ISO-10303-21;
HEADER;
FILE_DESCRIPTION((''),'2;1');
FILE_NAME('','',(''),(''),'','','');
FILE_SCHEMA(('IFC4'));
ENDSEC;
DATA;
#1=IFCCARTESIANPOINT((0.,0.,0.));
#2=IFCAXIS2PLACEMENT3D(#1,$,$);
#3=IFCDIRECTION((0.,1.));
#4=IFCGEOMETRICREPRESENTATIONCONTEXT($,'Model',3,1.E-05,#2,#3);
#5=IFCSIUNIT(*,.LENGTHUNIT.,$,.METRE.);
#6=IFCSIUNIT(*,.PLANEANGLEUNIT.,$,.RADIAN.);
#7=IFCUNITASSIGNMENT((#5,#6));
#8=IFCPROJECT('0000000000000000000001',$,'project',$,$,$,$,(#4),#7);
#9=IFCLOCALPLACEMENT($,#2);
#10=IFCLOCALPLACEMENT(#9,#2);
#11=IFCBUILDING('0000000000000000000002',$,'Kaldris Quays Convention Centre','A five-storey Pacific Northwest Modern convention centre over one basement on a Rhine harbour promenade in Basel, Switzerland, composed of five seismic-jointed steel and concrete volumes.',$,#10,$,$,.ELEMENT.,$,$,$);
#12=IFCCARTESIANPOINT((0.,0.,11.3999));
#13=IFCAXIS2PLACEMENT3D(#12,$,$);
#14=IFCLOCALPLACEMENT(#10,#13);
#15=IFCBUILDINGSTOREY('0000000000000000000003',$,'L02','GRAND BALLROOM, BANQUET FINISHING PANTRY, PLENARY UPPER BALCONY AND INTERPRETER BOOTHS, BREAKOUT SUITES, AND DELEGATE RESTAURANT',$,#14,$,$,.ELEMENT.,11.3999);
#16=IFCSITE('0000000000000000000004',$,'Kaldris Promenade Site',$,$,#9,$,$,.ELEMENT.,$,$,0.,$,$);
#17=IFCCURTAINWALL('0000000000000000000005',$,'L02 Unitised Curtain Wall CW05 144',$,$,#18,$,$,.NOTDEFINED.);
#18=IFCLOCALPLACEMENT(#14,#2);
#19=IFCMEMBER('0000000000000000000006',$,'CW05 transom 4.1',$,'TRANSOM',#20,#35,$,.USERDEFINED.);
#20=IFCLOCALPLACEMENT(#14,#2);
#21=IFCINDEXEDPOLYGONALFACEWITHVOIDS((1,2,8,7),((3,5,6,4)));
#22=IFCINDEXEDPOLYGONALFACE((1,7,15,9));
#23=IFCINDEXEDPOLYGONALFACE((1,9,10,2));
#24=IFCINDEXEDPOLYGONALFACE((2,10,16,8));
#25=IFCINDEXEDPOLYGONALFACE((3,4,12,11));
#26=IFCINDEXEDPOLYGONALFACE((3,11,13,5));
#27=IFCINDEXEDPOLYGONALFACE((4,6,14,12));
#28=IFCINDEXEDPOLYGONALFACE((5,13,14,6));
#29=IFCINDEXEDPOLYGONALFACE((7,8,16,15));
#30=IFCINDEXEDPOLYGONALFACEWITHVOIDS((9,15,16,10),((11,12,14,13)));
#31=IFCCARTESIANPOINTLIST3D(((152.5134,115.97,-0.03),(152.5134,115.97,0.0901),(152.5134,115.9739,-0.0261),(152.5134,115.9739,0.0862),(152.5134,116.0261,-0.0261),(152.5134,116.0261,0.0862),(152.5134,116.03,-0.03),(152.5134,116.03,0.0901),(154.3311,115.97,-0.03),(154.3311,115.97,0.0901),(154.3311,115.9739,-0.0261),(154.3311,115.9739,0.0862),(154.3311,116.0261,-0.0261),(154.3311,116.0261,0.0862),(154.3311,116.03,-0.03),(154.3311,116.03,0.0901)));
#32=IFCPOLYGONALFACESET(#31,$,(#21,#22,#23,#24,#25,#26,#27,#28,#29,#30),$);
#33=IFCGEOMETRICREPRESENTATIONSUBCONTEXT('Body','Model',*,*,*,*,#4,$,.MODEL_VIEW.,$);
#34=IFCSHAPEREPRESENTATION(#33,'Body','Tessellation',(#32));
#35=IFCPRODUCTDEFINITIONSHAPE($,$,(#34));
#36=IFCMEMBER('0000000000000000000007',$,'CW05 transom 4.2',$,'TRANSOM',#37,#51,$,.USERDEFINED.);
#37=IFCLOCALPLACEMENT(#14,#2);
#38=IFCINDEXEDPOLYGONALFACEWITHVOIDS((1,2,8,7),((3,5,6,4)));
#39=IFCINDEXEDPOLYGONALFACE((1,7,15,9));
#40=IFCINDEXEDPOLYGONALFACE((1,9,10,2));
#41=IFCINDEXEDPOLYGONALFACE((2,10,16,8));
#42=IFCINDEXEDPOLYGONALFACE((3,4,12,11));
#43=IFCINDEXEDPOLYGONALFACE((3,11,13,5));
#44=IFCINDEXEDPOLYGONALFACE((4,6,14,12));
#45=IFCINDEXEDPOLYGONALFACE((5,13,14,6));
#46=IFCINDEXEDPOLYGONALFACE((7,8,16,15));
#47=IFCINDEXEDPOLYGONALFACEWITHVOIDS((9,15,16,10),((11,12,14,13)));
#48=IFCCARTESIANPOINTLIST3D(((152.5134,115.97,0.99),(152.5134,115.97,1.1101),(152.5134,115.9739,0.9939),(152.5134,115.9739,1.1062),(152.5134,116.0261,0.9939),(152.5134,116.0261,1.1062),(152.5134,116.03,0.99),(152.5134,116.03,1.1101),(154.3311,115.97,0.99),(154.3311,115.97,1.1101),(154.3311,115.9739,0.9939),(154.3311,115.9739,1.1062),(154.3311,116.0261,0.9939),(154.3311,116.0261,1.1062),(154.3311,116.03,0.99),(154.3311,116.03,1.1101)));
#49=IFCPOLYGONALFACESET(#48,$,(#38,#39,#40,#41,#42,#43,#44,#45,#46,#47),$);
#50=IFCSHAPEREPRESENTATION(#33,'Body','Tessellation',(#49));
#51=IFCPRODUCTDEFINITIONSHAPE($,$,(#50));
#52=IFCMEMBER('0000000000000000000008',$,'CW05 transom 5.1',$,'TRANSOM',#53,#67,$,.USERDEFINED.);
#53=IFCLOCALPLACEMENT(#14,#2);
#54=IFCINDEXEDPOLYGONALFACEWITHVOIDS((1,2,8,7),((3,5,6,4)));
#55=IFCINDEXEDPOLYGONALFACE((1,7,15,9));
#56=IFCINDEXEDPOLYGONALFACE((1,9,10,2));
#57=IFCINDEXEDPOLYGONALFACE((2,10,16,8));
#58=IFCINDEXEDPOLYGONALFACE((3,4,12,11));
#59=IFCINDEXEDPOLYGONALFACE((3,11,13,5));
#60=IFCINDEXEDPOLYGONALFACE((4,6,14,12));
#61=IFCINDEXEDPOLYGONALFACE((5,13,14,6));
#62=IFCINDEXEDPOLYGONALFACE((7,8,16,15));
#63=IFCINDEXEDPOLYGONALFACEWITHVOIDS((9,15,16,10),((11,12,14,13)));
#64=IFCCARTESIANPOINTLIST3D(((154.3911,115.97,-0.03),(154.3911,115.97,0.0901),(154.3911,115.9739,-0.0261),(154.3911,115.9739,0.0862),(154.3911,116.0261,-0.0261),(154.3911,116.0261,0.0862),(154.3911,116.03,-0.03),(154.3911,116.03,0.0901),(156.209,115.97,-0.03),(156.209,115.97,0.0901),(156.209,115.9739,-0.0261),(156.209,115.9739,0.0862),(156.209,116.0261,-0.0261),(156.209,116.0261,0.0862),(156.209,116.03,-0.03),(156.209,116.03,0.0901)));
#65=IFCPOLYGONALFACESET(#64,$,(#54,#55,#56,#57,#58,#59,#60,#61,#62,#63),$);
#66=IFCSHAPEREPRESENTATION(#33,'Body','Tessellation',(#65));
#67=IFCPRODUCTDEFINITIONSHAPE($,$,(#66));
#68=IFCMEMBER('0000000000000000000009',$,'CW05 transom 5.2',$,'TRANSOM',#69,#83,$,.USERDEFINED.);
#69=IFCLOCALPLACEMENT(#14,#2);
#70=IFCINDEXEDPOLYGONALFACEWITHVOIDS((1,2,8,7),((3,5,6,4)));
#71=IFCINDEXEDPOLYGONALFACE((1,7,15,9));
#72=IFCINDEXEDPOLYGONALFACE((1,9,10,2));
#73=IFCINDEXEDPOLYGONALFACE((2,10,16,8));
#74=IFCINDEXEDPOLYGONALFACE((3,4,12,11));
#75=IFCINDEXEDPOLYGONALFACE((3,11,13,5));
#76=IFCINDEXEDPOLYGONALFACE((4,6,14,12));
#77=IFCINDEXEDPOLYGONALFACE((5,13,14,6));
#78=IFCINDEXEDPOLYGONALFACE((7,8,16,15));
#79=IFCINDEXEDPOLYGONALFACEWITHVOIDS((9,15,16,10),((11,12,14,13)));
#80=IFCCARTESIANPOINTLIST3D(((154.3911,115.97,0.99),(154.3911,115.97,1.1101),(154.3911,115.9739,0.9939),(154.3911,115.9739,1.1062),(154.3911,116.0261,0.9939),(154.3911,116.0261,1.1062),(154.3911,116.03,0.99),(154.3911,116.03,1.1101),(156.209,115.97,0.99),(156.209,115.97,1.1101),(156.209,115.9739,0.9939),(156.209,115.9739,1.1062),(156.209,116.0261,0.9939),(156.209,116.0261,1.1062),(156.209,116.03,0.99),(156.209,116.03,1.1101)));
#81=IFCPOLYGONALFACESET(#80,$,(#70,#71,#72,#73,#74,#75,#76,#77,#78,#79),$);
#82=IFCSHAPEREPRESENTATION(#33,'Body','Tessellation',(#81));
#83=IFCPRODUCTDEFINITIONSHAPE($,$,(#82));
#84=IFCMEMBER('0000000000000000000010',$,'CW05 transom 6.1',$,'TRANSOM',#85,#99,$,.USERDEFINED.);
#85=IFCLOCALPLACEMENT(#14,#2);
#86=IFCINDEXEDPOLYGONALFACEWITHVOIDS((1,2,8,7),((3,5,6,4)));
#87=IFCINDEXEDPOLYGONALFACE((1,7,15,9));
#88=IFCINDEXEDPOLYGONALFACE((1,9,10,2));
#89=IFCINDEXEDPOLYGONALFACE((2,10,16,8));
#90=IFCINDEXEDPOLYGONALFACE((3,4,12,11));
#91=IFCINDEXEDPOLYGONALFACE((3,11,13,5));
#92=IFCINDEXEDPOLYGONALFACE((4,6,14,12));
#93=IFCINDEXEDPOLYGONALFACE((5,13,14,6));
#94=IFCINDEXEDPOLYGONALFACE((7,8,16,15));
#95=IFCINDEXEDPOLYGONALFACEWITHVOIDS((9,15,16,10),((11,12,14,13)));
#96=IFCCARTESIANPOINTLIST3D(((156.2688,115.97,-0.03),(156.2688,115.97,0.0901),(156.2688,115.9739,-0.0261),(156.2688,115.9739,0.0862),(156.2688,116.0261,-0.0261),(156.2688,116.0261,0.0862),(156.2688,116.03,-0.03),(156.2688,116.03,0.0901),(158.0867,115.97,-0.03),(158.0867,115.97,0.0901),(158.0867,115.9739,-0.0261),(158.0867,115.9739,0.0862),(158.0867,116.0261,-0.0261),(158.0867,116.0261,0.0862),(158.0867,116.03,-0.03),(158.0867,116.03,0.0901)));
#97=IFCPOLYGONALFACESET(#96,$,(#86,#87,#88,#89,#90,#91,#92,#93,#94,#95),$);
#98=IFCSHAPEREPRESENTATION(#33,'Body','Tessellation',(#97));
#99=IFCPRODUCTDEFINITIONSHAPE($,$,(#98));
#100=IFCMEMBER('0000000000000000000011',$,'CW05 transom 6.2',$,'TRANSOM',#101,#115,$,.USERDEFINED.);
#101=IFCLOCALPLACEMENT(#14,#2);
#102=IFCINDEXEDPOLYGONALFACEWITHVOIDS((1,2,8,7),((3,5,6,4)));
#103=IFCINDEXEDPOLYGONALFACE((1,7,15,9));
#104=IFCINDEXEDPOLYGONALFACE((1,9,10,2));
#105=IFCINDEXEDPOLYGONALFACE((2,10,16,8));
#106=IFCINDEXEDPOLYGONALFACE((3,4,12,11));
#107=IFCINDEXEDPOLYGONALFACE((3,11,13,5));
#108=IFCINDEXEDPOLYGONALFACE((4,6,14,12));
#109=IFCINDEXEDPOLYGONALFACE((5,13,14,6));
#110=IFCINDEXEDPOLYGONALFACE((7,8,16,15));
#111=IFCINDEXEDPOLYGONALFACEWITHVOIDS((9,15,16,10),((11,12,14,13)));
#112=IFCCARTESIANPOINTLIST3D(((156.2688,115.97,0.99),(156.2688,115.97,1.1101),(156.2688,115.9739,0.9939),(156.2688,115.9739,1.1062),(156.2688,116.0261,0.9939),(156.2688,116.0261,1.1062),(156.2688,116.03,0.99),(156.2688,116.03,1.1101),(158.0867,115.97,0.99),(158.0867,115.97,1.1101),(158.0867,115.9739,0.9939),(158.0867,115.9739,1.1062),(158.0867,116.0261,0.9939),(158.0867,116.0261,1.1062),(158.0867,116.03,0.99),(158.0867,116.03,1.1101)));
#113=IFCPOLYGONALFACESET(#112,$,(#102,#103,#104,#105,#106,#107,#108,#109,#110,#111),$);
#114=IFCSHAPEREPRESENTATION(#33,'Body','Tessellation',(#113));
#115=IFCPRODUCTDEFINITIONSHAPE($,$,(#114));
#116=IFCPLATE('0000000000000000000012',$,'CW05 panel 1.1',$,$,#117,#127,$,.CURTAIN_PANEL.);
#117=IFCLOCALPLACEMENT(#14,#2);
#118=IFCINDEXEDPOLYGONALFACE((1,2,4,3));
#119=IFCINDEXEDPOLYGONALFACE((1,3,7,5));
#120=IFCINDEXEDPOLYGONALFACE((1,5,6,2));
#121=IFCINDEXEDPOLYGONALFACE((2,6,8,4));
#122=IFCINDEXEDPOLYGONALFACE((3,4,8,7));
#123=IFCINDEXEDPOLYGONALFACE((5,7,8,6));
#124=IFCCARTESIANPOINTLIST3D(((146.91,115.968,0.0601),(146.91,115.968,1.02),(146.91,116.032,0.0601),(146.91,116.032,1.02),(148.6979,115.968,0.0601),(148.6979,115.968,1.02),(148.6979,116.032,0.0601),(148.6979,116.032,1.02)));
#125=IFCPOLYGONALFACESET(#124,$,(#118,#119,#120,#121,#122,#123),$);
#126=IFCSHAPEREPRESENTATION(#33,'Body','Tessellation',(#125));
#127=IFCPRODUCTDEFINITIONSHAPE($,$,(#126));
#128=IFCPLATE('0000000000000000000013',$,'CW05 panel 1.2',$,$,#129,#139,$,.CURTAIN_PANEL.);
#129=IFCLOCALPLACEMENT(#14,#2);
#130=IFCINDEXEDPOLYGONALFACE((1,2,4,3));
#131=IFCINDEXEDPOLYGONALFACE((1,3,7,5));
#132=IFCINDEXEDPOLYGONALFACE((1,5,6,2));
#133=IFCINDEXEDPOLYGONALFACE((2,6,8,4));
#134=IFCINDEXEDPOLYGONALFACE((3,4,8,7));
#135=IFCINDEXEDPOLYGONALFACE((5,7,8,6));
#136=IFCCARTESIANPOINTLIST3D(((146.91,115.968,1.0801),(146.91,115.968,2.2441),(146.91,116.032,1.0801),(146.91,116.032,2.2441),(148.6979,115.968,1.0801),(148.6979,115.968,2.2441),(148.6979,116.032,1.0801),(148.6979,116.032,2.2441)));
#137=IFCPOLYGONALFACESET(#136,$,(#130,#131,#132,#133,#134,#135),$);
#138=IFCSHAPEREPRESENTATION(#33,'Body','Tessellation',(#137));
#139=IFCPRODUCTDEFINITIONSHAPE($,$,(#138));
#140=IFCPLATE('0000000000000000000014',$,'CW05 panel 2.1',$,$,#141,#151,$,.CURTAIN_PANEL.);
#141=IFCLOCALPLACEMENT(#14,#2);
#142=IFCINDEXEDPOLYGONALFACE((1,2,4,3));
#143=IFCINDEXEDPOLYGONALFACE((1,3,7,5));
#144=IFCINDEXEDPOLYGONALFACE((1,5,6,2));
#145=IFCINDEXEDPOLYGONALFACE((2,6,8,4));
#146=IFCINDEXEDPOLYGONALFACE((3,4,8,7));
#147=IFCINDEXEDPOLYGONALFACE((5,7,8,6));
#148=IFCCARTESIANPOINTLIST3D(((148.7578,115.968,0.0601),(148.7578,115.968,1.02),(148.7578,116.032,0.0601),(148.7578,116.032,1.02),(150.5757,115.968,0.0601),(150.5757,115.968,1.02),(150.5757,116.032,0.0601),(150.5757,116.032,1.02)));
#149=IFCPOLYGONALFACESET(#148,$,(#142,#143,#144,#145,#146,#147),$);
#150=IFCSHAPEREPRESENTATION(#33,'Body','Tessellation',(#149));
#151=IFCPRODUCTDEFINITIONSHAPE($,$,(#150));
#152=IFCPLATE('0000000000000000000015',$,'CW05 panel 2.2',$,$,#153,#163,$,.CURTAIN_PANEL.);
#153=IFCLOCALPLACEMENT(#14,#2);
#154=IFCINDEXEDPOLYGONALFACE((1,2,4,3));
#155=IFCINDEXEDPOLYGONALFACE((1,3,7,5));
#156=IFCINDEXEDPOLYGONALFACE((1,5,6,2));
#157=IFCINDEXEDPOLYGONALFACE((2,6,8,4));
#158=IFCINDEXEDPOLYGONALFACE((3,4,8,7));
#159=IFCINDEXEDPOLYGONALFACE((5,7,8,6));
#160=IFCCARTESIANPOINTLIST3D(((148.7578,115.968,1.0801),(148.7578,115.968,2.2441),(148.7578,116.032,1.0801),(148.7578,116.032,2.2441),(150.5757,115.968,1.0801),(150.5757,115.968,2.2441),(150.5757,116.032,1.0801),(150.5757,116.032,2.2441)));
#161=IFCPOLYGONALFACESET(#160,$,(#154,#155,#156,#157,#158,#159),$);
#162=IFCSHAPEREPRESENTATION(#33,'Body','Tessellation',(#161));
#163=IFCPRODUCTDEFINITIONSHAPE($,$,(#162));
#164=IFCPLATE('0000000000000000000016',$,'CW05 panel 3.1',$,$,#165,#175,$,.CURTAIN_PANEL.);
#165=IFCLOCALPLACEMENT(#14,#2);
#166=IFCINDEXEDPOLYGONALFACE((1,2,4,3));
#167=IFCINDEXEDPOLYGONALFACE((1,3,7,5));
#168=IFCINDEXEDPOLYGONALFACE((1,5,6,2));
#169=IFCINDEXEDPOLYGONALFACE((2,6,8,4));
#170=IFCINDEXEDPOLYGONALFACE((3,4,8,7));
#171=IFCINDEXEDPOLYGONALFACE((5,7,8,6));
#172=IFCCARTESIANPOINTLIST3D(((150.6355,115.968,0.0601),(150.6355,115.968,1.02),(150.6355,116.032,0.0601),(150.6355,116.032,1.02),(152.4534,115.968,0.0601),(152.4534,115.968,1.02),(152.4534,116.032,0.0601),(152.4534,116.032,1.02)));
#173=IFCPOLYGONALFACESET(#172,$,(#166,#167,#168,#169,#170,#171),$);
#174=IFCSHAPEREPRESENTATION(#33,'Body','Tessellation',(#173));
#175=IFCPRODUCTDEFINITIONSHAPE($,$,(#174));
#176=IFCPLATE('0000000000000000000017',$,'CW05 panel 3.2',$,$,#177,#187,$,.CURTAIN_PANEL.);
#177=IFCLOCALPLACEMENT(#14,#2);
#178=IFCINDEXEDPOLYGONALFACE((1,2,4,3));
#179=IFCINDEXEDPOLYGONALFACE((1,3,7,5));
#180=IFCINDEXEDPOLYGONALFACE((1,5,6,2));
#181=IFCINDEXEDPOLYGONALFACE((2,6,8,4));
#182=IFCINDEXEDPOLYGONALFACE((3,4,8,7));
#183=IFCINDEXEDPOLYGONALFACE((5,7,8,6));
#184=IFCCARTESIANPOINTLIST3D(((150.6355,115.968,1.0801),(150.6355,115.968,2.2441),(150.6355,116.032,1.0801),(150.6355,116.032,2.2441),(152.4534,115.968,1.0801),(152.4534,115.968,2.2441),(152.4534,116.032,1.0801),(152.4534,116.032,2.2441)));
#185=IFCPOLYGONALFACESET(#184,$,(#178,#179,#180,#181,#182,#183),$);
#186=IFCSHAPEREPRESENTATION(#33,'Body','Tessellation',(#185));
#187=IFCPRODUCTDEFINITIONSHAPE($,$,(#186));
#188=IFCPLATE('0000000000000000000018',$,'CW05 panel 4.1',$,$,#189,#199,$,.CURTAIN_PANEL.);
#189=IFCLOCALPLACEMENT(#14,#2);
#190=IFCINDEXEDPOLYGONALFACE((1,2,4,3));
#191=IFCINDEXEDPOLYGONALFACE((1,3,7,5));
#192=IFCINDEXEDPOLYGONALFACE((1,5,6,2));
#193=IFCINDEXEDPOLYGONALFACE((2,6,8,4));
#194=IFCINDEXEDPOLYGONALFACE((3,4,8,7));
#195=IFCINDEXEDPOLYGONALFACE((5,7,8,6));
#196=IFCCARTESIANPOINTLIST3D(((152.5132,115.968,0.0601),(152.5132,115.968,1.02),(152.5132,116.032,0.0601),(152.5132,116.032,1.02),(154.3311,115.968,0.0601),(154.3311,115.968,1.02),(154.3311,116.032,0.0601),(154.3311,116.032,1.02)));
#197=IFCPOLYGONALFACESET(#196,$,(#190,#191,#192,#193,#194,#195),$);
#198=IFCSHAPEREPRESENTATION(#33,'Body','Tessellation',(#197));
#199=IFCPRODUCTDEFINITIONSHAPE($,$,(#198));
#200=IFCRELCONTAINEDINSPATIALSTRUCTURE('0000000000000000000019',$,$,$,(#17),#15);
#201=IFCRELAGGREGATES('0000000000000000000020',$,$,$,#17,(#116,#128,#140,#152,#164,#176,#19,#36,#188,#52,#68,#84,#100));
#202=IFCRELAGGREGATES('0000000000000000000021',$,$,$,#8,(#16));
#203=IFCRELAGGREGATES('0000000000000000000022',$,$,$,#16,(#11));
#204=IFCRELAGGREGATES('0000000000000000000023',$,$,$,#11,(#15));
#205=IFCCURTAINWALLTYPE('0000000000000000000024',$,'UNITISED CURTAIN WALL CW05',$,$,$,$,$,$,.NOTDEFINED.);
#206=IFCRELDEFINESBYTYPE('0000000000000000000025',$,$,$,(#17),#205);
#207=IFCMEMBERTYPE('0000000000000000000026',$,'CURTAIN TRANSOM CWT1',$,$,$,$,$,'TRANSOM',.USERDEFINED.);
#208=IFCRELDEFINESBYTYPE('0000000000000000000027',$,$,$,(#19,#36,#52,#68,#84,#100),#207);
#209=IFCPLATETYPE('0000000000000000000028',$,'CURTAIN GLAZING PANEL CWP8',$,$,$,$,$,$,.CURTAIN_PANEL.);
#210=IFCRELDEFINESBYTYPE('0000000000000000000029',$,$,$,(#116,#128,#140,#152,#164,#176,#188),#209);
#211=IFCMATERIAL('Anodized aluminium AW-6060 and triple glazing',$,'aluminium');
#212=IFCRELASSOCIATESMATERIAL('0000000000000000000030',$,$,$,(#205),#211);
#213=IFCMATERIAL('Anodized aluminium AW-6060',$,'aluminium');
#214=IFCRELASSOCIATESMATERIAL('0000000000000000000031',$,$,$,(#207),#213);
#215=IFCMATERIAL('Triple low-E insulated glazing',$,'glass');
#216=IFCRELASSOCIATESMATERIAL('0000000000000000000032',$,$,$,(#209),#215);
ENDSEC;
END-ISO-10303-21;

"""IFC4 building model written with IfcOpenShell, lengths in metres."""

from ifc_helpers import new_model, si_unit, direction, frame, origin, origin_2d, place, context, subcontext, project, spatial, rectangle, hollow_rectangle, extrude, material, material_profile, profile_set, type_object, element, aggregate, save


model = new_model("IFC4")

# Units and contexts
model_context = context("Model", 3, precision=1e-05, world=origin(), true_north=direction((0.0, 1.0)))
body_context = subcontext(model_context, "Body", "Model", "MODEL_VIEW")
ifc_project = project(units=[si_unit("LENGTHUNIT", "METRE"), si_unit("PLANEANGLEUNIT", "RADIAN")], contexts=[model_context])

# Site, building, storey
site_placement = place(None, origin())
site = spatial("IfcSite", under=ifc_project, at=site_placement, Name="Kaldris Promenade Site", CompositionType="ELEMENT", RefElevation=0.0)
building_placement = place(site_placement, origin())
building = spatial("IfcBuilding", under=site, at=building_placement, Name="Kaldris Quays Convention Centre", Description="A five-storey Pacific Northwest Modern convention centre over one basement on a Rhine harbour promenade in Basel, Switzerland, composed of five seismic-jointed steel and concrete volumes.", CompositionType="ELEMENT")
storey_placement = place(building_placement, frame((0.0, 0.0, 11.3999)))
storey = spatial("IfcBuildingStorey", under=building, at=storey_placement, Name="L02", Description="GRAND BALLROOM, BANQUET FINISHING PANTRY, PLENARY UPPER BALCONY AND INTERPRETER BOOTHS, BREAKOUT SUITES, AND DELEGATE RESTAURANT", CompositionType="ELEMENT", Elevation=11.3999)

# Curtain wall, members, plates
ifc_material_1 = material(Name="Anodized aluminium AW-6060 and triple glazing", Category="aluminium")
curtain_wall_type = type_object("IfcCurtainWallType", Name="UNITISED CURTAIN WALL CW05", PredefinedType="NOTDEFINED", material=ifc_material_1)
curtain_wall_placement = place(storey_placement, origin())
curtain_wall = element("IfcCurtainWall", 1, at=curtain_wall_placement, inside=storey, type_object=curtain_wall_type, Name="L02 Unitised Curtain Wall CW05 144", PredefinedType="NOTDEFINED")
ifc_material_2 = material(Name="Anodized aluminium AW-6060", Category="aluminium")
ifc_material_profile_1 = material_profile(ifc_material_2, hollow_rectangle(XDim=0.0601, YDim=0.1201, WallThickness=0.0039, at=origin_2d()), Name="RHS 120x60x4")
ifc_profile_set_1 = profile_set([ifc_material_profile_1], Name="Anodized aluminium AW-6060")
member_type_1 = type_object("IfcMemberType", Name="CURTAIN TRANSOM CWT1", ElementType="TRANSOM", PredefinedType="USERDEFINED", material=ifc_profile_set_1)
member_1_placement = place(storey_placement, frame((152.5134, 116.0, 0.03), z_axis=(1.0, 0.0, 0.0), x_axis=(0.0, 1.0, 0.0)))
member_1 = element("IfcMember", 2, at=member_1_placement, type_object=member_type_1, Name="CW05 transom 4.1", ObjectType="TRANSOM", PredefinedType="USERDEFINED", context=body_context, shape_type="SweptSolid", body=[
    extrude(hollow_rectangle(XDim=0.0601, YDim=0.1201, WallThickness=0.0039, at=origin_2d()), origin(), (0.0, 0.0, 1.0), 1.8176),
])
member_2_placement = place(storey_placement, frame((152.5134, 116.0, 1.05), z_axis=(1.0, 0.0, 0.0), x_axis=(0.0, 1.0, 0.0)))
member_2 = element("IfcMember", 3, at=member_2_placement, type_object=member_type_1, Name="CW05 transom 4.2", ObjectType="TRANSOM", PredefinedType="USERDEFINED", context=body_context, shape_type="SweptSolid", body=[
    extrude(hollow_rectangle(XDim=0.0601, YDim=0.1201, WallThickness=0.0039, at=origin_2d()), origin(), (0.0, 0.0, 1.0), 1.8176),
])
member_3_placement = place(storey_placement, frame((154.3911, 116.0, 0.03), z_axis=(1.0, 0.0, 0.0), x_axis=(0.0, 1.0, 0.0)))
member_3 = element("IfcMember", 4, at=member_3_placement, type_object=member_type_1, Name="CW05 transom 5.1", ObjectType="TRANSOM", PredefinedType="USERDEFINED", context=body_context, shape_type="SweptSolid", body=[
    extrude(hollow_rectangle(XDim=0.0601, YDim=0.1201, WallThickness=0.0039, at=origin_2d()), origin(), (0.0, 0.0, 1.0), 1.8179),
])
member_4_placement = place(storey_placement, frame((154.3911, 116.0, 1.05), z_axis=(1.0, 0.0, 0.0), x_axis=(0.0, 1.0, 0.0)))
member_4 = element("IfcMember", 5, at=member_4_placement, type_object=member_type_1, Name="CW05 transom 5.2", ObjectType="TRANSOM", PredefinedType="USERDEFINED", context=body_context, shape_type="SweptSolid", body=[
    extrude(hollow_rectangle(XDim=0.0601, YDim=0.1201, WallThickness=0.0039, at=origin_2d()), origin(), (0.0, 0.0, 1.0), 1.8179),
])
member_5_placement = place(storey_placement, frame((156.2688, 116.0, 0.03), z_axis=(1.0, 0.0, 0.0), x_axis=(0.0, 1.0, 0.0)))
member_5 = element("IfcMember", 6, at=member_5_placement, type_object=member_type_1, Name="CW05 transom 6.1", ObjectType="TRANSOM", PredefinedType="USERDEFINED", context=body_context, shape_type="SweptSolid", body=[
    extrude(hollow_rectangle(XDim=0.0601, YDim=0.1201, WallThickness=0.0039, at=origin_2d()), origin(), (0.0, 0.0, 1.0), 1.8179),
])
member_6_placement = place(storey_placement, frame((156.2688, 116.0, 1.05), z_axis=(1.0, 0.0, 0.0), x_axis=(0.0, 1.0, 0.0)))
member_6 = element("IfcMember", 7, at=member_6_placement, type_object=member_type_1, Name="CW05 transom 6.2", ObjectType="TRANSOM", PredefinedType="USERDEFINED", context=body_context, shape_type="SweptSolid", body=[
    extrude(hollow_rectangle(XDim=0.0601, YDim=0.1201, WallThickness=0.0039, at=origin_2d()), origin(), (0.0, 0.0, 1.0), 1.8179),
])
ifc_material_3 = material(Name="Triple low-E insulated glazing", Category="glass")
plate_type = type_object("IfcPlateType", Name="CURTAIN GLAZING PANEL CWP8", PredefinedType="CURTAIN_PANEL", material=ifc_material_3)
plate_1_placement = place(storey_placement, frame((147.804, 116.0, 0.0601), z_axis=(0.0, 0.0, 1.0), x_axis=(1.0, 0.0, 0.0)))
plate_1 = element("IfcPlate", 8, at=plate_1_placement, type_object=plate_type, Name="CW05 panel 1.1", PredefinedType="CURTAIN_PANEL", context=body_context, shape_type="SweptSolid", body=[
    extrude(rectangle(XDim=1.7878, YDim=0.064, at=origin_2d()), origin(), (0.0, 0.0, 1.0), 0.96),
])
plate_2_placement = place(storey_placement, frame((147.804, 116.0, 1.0801), z_axis=(0.0, 0.0, 1.0), x_axis=(1.0, 0.0, 0.0)))
plate_2 = element("IfcPlate", 9, at=plate_2_placement, type_object=plate_type, Name="CW05 panel 1.2", PredefinedType="CURTAIN_PANEL", context=body_context, shape_type="SweptSolid", body=[
    extrude(rectangle(XDim=1.7878, YDim=0.064, at=origin_2d()), origin(), (0.0, 0.0, 1.0), 1.1641),
])
plate_3_placement = place(storey_placement, frame((149.6667, 116.0, 0.0601), z_axis=(0.0, 0.0, 1.0), x_axis=(1.0, 0.0, 0.0)))
plate_3 = element("IfcPlate", 10, at=plate_3_placement, type_object=plate_type, Name="CW05 panel 2.1", PredefinedType="CURTAIN_PANEL", context=body_context, shape_type="SweptSolid", body=[
    extrude(rectangle(XDim=1.8179, YDim=0.064, at=origin_2d()), origin(), (0.0, 0.0, 1.0), 0.96),
])
plate_4_placement = place(storey_placement, frame((149.6667, 116.0, 1.0801), z_axis=(0.0, 0.0, 1.0), x_axis=(1.0, 0.0, 0.0)))
plate_4 = element("IfcPlate", 11, at=plate_4_placement, type_object=plate_type, Name="CW05 panel 2.2", PredefinedType="CURTAIN_PANEL", context=body_context, shape_type="SweptSolid", body=[
    extrude(rectangle(XDim=1.8179, YDim=0.064, at=origin_2d()), origin(), (0.0, 0.0, 1.0), 1.1641),
])
plate_5_placement = place(storey_placement, frame((151.5444, 116.0, 0.0601), z_axis=(0.0, 0.0, 1.0), x_axis=(1.0, 0.0, 0.0)))
plate_5 = element("IfcPlate", 12, at=plate_5_placement, type_object=plate_type, Name="CW05 panel 3.1", PredefinedType="CURTAIN_PANEL", context=body_context, shape_type="SweptSolid", body=[
    extrude(rectangle(XDim=1.8179, YDim=0.064, at=origin_2d()), origin(), (0.0, 0.0, 1.0), 0.96),
])
plate_6_placement = place(storey_placement, frame((151.5444, 116.0, 1.0801), z_axis=(0.0, 0.0, 1.0), x_axis=(1.0, 0.0, 0.0)))
plate_6 = element("IfcPlate", 13, at=plate_6_placement, type_object=plate_type, Name="CW05 panel 3.2", PredefinedType="CURTAIN_PANEL", context=body_context, shape_type="SweptSolid", body=[
    extrude(rectangle(XDim=1.8179, YDim=0.064, at=origin_2d()), origin(), (0.0, 0.0, 1.0), 1.1641),
])
plate_7_placement = place(storey_placement, frame((153.4221, 116.0, 0.0601), z_axis=(0.0, 0.0, 1.0), x_axis=(1.0, 0.0, 0.0)))
plate_7 = element("IfcPlate", 14, at=plate_7_placement, type_object=plate_type, Name="CW05 panel 4.1", PredefinedType="CURTAIN_PANEL", context=body_context, shape_type="SweptSolid", body=[
    extrude(rectangle(XDim=1.8179, YDim=0.064, at=origin_2d()), origin(), (0.0, 0.0, 1.0), 0.96),
])
aggregate(curtain_wall, [plate_1, plate_2, plate_3, plate_4, plate_5, plate_6, member_1, member_2, plate_7, member_3, member_4, member_5, member_6])

save(model, "model.ifc")
